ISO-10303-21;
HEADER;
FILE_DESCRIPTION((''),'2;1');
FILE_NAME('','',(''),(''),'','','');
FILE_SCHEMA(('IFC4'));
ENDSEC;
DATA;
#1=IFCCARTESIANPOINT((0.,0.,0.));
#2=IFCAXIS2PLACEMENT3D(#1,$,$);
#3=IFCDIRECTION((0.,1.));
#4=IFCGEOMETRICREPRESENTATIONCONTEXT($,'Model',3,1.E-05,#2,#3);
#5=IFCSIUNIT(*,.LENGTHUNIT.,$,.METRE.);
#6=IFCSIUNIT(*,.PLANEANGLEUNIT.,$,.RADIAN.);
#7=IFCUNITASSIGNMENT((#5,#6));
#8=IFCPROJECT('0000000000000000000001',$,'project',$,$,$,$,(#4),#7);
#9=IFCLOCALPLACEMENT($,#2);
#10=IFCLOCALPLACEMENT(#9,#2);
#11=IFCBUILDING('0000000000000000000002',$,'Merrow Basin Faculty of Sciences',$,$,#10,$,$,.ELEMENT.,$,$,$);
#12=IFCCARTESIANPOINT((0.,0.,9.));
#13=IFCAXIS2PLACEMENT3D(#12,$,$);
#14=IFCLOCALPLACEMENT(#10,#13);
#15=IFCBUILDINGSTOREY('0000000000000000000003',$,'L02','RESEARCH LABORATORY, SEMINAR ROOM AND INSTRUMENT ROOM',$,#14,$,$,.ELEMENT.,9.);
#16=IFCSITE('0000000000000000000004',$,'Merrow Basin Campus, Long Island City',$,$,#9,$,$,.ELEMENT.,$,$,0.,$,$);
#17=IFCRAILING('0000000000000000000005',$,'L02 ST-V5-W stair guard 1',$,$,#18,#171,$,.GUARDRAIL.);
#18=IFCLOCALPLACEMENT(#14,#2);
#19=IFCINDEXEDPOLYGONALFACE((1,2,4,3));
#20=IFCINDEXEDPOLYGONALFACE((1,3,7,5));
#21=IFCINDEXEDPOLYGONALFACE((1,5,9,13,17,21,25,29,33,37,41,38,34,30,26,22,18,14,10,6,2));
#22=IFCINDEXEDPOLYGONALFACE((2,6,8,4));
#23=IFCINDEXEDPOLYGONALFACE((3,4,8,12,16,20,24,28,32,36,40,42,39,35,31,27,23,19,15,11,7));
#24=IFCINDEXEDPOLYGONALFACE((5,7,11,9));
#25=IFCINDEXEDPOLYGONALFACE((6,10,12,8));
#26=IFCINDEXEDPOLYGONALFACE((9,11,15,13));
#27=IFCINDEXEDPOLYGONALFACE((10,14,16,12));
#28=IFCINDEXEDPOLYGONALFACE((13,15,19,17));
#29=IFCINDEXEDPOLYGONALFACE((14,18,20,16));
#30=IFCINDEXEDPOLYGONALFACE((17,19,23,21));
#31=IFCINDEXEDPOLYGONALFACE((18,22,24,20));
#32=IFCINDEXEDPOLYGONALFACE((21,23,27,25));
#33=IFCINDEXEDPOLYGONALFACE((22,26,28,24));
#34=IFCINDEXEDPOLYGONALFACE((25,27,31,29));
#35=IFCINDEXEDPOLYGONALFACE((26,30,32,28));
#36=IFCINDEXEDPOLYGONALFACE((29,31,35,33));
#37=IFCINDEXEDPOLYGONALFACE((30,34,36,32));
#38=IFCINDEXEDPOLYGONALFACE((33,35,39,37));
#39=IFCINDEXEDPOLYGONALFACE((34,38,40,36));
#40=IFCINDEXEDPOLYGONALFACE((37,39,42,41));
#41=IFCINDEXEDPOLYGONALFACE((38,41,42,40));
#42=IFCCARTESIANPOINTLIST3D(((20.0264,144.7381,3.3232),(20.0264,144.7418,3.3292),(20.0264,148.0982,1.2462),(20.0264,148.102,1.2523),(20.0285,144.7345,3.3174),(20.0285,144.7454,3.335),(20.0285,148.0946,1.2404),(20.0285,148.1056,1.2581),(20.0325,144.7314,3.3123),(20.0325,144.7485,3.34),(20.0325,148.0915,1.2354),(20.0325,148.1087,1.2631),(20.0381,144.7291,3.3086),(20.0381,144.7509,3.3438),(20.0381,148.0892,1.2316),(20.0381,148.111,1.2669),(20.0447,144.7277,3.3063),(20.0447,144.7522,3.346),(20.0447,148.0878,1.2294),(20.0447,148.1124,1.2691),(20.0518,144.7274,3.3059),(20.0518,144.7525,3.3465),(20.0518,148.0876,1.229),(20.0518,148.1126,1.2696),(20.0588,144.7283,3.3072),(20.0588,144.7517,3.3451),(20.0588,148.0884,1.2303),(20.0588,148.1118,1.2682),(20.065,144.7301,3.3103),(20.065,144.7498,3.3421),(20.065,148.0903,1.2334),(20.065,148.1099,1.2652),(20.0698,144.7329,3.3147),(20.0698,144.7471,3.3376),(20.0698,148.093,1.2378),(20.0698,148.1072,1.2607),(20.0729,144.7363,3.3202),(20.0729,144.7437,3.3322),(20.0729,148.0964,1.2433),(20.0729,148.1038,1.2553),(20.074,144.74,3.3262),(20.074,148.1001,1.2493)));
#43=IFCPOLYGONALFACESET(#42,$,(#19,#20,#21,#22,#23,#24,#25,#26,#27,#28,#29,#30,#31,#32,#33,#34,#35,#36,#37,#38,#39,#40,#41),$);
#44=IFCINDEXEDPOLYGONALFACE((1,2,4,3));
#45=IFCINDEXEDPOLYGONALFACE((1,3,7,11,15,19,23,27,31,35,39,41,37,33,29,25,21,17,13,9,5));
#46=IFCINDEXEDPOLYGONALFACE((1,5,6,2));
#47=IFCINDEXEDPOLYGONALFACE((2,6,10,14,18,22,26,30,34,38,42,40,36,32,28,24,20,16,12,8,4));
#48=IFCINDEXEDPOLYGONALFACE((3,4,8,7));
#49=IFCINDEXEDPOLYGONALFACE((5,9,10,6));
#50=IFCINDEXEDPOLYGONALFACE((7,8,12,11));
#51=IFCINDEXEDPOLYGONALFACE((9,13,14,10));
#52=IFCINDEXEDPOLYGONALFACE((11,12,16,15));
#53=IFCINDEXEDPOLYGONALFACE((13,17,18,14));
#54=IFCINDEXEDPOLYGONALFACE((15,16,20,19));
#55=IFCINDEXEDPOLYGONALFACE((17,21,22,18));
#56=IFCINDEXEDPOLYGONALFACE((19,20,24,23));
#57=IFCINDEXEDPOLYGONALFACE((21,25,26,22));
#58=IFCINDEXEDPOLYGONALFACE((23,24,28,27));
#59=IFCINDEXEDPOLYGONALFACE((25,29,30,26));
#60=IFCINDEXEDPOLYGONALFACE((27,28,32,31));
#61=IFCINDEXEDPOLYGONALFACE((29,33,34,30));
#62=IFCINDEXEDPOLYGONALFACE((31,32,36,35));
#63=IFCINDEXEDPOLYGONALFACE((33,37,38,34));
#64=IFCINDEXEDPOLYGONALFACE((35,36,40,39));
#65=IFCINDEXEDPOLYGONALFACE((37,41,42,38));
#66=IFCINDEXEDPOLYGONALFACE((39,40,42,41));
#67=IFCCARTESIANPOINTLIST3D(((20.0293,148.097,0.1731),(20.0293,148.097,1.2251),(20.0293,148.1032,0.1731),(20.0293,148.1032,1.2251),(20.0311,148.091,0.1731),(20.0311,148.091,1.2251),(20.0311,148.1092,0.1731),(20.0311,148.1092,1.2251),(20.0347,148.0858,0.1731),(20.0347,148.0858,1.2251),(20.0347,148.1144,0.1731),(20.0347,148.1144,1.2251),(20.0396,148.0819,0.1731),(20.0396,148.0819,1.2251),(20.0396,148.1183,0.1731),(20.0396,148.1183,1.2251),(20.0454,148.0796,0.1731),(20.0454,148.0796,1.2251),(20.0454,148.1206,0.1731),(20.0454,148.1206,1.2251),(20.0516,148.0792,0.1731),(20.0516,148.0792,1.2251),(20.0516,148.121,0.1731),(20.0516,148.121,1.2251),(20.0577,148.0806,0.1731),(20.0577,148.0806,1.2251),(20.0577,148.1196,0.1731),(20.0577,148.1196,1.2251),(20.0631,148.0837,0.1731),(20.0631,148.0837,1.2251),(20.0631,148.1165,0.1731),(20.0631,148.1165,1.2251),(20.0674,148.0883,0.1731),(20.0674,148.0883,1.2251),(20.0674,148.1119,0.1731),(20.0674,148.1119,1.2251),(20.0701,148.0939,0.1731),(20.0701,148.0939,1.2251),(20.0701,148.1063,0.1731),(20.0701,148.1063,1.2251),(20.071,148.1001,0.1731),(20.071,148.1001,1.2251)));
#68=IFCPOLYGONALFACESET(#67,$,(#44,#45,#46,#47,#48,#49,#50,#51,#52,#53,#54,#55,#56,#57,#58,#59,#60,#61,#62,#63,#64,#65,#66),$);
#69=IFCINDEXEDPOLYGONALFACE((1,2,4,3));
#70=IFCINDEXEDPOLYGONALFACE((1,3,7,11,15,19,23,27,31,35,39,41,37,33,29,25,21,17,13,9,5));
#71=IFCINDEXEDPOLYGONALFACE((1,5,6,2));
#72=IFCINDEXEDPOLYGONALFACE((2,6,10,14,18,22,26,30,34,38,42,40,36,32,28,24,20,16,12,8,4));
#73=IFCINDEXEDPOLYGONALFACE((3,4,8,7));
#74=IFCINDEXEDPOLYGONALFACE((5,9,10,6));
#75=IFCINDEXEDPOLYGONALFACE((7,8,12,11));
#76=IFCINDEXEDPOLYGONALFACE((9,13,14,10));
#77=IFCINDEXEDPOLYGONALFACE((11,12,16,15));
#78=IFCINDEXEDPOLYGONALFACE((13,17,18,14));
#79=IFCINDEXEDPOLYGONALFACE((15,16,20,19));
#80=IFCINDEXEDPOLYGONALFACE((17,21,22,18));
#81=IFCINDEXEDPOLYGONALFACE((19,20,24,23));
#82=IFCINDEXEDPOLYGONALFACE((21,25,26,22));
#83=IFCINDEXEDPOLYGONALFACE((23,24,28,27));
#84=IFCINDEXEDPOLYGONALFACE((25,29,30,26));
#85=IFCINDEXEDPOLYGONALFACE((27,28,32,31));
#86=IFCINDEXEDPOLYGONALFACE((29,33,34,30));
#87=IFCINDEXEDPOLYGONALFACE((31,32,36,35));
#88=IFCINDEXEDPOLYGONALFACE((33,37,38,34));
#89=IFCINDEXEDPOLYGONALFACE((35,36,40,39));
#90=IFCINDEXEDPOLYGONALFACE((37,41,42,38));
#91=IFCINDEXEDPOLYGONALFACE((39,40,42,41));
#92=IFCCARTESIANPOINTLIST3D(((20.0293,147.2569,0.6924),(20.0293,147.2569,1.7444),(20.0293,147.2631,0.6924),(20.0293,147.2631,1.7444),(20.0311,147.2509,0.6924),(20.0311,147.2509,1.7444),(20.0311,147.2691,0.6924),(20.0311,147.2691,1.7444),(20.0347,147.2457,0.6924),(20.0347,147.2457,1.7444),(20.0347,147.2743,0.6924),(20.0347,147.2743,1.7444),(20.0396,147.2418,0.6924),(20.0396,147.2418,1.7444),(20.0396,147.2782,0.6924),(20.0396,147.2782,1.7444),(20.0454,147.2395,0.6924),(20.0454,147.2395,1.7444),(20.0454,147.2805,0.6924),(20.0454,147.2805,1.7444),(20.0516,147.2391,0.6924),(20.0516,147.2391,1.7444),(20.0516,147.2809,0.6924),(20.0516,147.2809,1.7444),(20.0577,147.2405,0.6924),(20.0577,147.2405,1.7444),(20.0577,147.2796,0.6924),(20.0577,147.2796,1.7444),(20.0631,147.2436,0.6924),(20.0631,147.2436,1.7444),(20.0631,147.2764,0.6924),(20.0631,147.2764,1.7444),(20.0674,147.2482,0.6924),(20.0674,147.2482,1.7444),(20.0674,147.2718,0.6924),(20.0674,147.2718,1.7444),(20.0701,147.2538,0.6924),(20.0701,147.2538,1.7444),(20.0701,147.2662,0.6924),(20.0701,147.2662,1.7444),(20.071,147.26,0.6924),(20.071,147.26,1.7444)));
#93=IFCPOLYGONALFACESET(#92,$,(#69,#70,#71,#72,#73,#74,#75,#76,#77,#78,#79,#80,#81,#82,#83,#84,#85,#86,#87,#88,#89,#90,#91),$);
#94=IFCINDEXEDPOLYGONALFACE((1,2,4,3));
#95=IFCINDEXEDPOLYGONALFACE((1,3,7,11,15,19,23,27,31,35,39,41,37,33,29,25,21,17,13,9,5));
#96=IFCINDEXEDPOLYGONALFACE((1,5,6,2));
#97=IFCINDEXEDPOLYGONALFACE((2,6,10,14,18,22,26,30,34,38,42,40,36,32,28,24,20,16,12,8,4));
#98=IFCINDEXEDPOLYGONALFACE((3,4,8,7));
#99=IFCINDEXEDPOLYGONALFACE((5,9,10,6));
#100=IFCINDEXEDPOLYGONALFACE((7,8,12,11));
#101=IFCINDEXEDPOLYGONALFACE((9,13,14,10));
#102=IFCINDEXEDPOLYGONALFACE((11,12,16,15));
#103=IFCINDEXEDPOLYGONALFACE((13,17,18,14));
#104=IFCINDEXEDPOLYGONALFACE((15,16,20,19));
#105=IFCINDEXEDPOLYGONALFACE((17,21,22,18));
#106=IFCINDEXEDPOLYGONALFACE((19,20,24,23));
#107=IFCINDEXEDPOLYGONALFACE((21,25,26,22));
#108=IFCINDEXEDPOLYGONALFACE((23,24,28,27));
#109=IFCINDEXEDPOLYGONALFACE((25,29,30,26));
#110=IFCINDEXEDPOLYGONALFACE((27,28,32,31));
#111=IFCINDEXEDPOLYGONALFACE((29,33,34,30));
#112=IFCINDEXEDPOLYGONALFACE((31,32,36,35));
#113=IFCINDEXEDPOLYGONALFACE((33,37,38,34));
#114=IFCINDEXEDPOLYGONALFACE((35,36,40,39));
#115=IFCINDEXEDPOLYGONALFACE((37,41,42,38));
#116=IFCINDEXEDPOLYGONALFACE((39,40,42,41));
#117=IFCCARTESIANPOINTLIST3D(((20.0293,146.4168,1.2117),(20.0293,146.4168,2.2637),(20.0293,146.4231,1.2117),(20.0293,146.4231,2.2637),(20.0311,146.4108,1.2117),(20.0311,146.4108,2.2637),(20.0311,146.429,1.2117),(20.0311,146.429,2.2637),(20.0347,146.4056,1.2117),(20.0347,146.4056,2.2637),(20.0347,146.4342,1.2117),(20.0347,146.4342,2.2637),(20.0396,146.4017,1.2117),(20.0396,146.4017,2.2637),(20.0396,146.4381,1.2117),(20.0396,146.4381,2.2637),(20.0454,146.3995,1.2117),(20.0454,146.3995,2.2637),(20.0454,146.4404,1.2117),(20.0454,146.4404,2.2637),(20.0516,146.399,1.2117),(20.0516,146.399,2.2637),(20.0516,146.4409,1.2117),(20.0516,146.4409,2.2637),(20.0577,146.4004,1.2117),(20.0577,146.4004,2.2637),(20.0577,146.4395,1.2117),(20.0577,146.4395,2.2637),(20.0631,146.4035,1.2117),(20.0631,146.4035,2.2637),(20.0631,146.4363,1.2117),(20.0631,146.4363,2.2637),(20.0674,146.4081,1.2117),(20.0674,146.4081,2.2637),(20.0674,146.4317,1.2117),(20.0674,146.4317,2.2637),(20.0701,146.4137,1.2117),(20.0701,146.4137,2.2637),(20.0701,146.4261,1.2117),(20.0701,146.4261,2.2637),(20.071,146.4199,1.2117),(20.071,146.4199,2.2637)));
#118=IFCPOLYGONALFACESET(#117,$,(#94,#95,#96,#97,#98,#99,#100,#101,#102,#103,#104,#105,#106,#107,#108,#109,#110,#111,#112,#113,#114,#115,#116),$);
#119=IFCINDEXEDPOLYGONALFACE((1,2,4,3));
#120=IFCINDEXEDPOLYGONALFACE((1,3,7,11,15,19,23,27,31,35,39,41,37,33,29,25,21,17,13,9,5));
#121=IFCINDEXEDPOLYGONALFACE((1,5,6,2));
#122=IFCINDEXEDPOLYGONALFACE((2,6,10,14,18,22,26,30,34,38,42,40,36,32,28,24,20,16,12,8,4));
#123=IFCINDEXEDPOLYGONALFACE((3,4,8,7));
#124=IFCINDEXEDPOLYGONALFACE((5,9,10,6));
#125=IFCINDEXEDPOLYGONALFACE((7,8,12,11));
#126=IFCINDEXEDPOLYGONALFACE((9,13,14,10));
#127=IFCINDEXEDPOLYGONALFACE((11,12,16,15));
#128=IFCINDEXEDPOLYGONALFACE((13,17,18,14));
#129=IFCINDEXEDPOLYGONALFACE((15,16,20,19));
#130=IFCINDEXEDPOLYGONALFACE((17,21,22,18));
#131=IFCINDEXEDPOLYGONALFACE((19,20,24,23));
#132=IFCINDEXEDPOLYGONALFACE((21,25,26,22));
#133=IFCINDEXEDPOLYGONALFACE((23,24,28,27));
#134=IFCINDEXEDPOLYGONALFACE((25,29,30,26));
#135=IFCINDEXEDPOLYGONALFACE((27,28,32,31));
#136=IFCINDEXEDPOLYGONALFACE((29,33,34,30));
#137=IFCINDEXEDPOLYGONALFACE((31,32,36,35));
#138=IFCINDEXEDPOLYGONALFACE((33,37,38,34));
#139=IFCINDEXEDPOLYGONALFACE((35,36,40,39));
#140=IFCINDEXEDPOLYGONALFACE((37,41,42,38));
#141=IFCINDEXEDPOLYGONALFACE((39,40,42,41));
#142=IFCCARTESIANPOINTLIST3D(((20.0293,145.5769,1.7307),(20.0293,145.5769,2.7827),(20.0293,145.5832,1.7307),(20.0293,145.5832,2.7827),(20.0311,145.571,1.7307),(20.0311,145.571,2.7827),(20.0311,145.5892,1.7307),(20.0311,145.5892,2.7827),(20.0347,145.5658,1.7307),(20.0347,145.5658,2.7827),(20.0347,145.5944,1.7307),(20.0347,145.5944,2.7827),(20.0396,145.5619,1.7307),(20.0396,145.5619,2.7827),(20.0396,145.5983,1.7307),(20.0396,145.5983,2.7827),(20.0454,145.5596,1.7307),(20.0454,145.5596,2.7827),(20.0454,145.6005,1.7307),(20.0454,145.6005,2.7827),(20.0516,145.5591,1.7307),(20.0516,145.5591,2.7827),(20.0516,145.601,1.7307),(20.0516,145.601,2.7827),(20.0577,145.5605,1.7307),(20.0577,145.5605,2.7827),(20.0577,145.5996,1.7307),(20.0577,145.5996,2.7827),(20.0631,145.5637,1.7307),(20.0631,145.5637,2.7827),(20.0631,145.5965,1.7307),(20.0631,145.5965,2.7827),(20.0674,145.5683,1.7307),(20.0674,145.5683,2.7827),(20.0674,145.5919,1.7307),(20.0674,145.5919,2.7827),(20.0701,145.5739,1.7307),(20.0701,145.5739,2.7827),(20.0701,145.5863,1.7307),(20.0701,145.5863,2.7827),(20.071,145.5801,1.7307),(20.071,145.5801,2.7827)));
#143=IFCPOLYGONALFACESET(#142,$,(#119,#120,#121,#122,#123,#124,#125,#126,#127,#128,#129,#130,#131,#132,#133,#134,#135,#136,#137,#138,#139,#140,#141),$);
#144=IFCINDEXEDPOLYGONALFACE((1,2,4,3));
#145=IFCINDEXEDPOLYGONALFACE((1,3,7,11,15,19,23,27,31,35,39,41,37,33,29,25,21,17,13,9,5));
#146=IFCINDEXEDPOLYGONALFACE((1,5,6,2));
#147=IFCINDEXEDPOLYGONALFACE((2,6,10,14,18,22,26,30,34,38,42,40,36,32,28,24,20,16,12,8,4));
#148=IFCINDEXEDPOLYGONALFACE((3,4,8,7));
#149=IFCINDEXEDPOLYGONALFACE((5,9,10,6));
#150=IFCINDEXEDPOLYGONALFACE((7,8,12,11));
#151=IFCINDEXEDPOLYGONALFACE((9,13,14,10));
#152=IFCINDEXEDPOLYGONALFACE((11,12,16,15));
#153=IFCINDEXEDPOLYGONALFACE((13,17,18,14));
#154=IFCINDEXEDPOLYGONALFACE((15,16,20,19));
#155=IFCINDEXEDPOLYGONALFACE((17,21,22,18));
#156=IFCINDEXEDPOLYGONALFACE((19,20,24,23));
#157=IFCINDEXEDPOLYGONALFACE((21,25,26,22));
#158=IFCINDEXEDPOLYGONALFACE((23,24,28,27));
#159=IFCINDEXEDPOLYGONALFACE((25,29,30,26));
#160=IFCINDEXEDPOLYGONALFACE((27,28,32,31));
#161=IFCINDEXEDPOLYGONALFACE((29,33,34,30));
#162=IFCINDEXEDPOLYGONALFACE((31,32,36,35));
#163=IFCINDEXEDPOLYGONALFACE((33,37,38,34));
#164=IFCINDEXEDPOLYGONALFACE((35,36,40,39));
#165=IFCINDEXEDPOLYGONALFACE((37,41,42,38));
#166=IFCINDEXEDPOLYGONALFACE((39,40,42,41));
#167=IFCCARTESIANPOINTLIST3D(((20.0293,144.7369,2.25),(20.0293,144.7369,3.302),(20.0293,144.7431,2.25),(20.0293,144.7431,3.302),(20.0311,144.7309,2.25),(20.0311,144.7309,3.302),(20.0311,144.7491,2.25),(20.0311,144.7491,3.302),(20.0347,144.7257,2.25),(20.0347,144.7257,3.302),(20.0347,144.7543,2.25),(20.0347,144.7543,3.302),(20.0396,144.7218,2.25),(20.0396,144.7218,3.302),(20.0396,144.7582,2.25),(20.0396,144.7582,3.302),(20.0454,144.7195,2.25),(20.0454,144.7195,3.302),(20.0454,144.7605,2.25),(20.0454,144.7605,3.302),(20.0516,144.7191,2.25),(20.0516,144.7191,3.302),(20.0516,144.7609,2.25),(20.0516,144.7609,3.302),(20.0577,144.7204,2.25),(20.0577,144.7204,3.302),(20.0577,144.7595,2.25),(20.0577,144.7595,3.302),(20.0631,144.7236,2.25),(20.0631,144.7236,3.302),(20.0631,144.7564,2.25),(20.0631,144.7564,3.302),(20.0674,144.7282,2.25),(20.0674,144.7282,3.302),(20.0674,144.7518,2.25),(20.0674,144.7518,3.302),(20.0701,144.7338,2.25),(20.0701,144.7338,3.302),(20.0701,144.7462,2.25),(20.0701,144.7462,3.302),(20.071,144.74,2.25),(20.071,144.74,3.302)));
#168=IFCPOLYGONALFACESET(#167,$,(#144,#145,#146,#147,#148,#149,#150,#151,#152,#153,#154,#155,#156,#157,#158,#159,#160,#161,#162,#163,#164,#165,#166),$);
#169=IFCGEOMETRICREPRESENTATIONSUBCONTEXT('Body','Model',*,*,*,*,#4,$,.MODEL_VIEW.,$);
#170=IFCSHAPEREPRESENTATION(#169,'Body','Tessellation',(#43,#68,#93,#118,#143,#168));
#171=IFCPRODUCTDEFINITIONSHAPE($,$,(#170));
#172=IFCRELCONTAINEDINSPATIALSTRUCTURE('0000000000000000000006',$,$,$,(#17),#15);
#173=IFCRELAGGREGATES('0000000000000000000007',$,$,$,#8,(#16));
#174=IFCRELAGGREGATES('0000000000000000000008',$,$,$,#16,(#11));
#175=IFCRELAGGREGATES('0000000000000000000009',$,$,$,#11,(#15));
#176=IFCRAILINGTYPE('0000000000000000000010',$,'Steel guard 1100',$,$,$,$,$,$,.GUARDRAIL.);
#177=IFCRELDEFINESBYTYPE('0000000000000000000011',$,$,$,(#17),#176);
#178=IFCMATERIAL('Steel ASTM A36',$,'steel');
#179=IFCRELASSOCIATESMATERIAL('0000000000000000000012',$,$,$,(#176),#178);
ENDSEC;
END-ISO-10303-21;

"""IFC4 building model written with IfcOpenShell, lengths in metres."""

from ifc_helpers import new_model, si_unit, direction, frame, origin, origin_2d, place, context, subcontext, project, spatial, circle, extrude, material, type_object, element, save


model = new_model("IFC4")

# Units and contexts
model_context = context("Model", 3, precision=1e-05, world=origin(), true_north=direction((0.0, 1.0)))
body_context = subcontext(model_context, "Body", "Model", "MODEL_VIEW")
ifc_project = project(units=[si_unit("LENGTHUNIT", "METRE"), si_unit("PLANEANGLEUNIT", "RADIAN")], contexts=[model_context])

# Site, building, storey
site_placement = place(None, origin())
site = spatial("IfcSite", under=ifc_project, at=site_placement, Name="Merrow Basin Campus, Long Island City", CompositionType="ELEMENT", RefElevation=0.0)
building_placement = place(site_placement, origin())
building = spatial("IfcBuilding", under=site, at=building_placement, Name="Merrow Basin Faculty of Sciences", CompositionType="ELEMENT")
storey_placement = place(building_placement, frame((0.0, 0.0, 9.0)))
storey = spatial("IfcBuildingStorey", under=building, at=storey_placement, Name="L02", Description="RESEARCH LABORATORY, SEMINAR ROOM AND INSTRUMENT ROOM", CompositionType="ELEMENT", Elevation=9.0)

# Railing
ifc_material_1 = material(Name="Steel ASTM A36", Category="steel")
railing_type_1 = type_object("IfcRailingType", Name="Steel guard 1100", PredefinedType="GUARDRAIL", material=ifc_material_1)
railing_1_placement = place(storey_placement, frame((20.05, 148.1001, 0.1731)))
element("IfcRailing", 1, at=railing_1_placement, inside=storey, type_object=railing_type_1, Name="L02 ST-V5-W stair guard 1", PredefinedType="GUARDRAIL", context=body_context, shape_type="SweptSolid", body=[
    extrude(circle(Radius=0.0239, at=origin_2d()), frame((0.0, 0.0, 1.0762), z_axis=(0.0, -0.850623, 0.525776), x_axis=(1.0, 0.0, 0.0)), (0.0, 0.0, 1.0), 3.9502),
    extrude(circle(Radius=0.021, at=origin_2d()), origin(), (0.0, 0.0, 1.0), 1.052),
    extrude(circle(Radius=0.021, at=origin_2d()), frame((0.0, -0.8401, 0.5193)), (0.0, 0.0, 1.0), 1.052),
    extrude(circle(Radius=0.021, at=origin_2d()), frame((0.0, -1.6802, 1.0386)), (0.0, 0.0, 1.0), 1.052),
    extrude(circle(Radius=0.021, at=origin_2d()), frame((0.0, -2.52, 1.5576)), (0.0, 0.0, 1.0), 1.052),
    extrude(circle(Radius=0.021, at=origin_2d()), frame((0.0, -3.3601, 2.0769)), (0.0, 0.0, 1.0), 1.052),
])

save(model, "model.ifc")
